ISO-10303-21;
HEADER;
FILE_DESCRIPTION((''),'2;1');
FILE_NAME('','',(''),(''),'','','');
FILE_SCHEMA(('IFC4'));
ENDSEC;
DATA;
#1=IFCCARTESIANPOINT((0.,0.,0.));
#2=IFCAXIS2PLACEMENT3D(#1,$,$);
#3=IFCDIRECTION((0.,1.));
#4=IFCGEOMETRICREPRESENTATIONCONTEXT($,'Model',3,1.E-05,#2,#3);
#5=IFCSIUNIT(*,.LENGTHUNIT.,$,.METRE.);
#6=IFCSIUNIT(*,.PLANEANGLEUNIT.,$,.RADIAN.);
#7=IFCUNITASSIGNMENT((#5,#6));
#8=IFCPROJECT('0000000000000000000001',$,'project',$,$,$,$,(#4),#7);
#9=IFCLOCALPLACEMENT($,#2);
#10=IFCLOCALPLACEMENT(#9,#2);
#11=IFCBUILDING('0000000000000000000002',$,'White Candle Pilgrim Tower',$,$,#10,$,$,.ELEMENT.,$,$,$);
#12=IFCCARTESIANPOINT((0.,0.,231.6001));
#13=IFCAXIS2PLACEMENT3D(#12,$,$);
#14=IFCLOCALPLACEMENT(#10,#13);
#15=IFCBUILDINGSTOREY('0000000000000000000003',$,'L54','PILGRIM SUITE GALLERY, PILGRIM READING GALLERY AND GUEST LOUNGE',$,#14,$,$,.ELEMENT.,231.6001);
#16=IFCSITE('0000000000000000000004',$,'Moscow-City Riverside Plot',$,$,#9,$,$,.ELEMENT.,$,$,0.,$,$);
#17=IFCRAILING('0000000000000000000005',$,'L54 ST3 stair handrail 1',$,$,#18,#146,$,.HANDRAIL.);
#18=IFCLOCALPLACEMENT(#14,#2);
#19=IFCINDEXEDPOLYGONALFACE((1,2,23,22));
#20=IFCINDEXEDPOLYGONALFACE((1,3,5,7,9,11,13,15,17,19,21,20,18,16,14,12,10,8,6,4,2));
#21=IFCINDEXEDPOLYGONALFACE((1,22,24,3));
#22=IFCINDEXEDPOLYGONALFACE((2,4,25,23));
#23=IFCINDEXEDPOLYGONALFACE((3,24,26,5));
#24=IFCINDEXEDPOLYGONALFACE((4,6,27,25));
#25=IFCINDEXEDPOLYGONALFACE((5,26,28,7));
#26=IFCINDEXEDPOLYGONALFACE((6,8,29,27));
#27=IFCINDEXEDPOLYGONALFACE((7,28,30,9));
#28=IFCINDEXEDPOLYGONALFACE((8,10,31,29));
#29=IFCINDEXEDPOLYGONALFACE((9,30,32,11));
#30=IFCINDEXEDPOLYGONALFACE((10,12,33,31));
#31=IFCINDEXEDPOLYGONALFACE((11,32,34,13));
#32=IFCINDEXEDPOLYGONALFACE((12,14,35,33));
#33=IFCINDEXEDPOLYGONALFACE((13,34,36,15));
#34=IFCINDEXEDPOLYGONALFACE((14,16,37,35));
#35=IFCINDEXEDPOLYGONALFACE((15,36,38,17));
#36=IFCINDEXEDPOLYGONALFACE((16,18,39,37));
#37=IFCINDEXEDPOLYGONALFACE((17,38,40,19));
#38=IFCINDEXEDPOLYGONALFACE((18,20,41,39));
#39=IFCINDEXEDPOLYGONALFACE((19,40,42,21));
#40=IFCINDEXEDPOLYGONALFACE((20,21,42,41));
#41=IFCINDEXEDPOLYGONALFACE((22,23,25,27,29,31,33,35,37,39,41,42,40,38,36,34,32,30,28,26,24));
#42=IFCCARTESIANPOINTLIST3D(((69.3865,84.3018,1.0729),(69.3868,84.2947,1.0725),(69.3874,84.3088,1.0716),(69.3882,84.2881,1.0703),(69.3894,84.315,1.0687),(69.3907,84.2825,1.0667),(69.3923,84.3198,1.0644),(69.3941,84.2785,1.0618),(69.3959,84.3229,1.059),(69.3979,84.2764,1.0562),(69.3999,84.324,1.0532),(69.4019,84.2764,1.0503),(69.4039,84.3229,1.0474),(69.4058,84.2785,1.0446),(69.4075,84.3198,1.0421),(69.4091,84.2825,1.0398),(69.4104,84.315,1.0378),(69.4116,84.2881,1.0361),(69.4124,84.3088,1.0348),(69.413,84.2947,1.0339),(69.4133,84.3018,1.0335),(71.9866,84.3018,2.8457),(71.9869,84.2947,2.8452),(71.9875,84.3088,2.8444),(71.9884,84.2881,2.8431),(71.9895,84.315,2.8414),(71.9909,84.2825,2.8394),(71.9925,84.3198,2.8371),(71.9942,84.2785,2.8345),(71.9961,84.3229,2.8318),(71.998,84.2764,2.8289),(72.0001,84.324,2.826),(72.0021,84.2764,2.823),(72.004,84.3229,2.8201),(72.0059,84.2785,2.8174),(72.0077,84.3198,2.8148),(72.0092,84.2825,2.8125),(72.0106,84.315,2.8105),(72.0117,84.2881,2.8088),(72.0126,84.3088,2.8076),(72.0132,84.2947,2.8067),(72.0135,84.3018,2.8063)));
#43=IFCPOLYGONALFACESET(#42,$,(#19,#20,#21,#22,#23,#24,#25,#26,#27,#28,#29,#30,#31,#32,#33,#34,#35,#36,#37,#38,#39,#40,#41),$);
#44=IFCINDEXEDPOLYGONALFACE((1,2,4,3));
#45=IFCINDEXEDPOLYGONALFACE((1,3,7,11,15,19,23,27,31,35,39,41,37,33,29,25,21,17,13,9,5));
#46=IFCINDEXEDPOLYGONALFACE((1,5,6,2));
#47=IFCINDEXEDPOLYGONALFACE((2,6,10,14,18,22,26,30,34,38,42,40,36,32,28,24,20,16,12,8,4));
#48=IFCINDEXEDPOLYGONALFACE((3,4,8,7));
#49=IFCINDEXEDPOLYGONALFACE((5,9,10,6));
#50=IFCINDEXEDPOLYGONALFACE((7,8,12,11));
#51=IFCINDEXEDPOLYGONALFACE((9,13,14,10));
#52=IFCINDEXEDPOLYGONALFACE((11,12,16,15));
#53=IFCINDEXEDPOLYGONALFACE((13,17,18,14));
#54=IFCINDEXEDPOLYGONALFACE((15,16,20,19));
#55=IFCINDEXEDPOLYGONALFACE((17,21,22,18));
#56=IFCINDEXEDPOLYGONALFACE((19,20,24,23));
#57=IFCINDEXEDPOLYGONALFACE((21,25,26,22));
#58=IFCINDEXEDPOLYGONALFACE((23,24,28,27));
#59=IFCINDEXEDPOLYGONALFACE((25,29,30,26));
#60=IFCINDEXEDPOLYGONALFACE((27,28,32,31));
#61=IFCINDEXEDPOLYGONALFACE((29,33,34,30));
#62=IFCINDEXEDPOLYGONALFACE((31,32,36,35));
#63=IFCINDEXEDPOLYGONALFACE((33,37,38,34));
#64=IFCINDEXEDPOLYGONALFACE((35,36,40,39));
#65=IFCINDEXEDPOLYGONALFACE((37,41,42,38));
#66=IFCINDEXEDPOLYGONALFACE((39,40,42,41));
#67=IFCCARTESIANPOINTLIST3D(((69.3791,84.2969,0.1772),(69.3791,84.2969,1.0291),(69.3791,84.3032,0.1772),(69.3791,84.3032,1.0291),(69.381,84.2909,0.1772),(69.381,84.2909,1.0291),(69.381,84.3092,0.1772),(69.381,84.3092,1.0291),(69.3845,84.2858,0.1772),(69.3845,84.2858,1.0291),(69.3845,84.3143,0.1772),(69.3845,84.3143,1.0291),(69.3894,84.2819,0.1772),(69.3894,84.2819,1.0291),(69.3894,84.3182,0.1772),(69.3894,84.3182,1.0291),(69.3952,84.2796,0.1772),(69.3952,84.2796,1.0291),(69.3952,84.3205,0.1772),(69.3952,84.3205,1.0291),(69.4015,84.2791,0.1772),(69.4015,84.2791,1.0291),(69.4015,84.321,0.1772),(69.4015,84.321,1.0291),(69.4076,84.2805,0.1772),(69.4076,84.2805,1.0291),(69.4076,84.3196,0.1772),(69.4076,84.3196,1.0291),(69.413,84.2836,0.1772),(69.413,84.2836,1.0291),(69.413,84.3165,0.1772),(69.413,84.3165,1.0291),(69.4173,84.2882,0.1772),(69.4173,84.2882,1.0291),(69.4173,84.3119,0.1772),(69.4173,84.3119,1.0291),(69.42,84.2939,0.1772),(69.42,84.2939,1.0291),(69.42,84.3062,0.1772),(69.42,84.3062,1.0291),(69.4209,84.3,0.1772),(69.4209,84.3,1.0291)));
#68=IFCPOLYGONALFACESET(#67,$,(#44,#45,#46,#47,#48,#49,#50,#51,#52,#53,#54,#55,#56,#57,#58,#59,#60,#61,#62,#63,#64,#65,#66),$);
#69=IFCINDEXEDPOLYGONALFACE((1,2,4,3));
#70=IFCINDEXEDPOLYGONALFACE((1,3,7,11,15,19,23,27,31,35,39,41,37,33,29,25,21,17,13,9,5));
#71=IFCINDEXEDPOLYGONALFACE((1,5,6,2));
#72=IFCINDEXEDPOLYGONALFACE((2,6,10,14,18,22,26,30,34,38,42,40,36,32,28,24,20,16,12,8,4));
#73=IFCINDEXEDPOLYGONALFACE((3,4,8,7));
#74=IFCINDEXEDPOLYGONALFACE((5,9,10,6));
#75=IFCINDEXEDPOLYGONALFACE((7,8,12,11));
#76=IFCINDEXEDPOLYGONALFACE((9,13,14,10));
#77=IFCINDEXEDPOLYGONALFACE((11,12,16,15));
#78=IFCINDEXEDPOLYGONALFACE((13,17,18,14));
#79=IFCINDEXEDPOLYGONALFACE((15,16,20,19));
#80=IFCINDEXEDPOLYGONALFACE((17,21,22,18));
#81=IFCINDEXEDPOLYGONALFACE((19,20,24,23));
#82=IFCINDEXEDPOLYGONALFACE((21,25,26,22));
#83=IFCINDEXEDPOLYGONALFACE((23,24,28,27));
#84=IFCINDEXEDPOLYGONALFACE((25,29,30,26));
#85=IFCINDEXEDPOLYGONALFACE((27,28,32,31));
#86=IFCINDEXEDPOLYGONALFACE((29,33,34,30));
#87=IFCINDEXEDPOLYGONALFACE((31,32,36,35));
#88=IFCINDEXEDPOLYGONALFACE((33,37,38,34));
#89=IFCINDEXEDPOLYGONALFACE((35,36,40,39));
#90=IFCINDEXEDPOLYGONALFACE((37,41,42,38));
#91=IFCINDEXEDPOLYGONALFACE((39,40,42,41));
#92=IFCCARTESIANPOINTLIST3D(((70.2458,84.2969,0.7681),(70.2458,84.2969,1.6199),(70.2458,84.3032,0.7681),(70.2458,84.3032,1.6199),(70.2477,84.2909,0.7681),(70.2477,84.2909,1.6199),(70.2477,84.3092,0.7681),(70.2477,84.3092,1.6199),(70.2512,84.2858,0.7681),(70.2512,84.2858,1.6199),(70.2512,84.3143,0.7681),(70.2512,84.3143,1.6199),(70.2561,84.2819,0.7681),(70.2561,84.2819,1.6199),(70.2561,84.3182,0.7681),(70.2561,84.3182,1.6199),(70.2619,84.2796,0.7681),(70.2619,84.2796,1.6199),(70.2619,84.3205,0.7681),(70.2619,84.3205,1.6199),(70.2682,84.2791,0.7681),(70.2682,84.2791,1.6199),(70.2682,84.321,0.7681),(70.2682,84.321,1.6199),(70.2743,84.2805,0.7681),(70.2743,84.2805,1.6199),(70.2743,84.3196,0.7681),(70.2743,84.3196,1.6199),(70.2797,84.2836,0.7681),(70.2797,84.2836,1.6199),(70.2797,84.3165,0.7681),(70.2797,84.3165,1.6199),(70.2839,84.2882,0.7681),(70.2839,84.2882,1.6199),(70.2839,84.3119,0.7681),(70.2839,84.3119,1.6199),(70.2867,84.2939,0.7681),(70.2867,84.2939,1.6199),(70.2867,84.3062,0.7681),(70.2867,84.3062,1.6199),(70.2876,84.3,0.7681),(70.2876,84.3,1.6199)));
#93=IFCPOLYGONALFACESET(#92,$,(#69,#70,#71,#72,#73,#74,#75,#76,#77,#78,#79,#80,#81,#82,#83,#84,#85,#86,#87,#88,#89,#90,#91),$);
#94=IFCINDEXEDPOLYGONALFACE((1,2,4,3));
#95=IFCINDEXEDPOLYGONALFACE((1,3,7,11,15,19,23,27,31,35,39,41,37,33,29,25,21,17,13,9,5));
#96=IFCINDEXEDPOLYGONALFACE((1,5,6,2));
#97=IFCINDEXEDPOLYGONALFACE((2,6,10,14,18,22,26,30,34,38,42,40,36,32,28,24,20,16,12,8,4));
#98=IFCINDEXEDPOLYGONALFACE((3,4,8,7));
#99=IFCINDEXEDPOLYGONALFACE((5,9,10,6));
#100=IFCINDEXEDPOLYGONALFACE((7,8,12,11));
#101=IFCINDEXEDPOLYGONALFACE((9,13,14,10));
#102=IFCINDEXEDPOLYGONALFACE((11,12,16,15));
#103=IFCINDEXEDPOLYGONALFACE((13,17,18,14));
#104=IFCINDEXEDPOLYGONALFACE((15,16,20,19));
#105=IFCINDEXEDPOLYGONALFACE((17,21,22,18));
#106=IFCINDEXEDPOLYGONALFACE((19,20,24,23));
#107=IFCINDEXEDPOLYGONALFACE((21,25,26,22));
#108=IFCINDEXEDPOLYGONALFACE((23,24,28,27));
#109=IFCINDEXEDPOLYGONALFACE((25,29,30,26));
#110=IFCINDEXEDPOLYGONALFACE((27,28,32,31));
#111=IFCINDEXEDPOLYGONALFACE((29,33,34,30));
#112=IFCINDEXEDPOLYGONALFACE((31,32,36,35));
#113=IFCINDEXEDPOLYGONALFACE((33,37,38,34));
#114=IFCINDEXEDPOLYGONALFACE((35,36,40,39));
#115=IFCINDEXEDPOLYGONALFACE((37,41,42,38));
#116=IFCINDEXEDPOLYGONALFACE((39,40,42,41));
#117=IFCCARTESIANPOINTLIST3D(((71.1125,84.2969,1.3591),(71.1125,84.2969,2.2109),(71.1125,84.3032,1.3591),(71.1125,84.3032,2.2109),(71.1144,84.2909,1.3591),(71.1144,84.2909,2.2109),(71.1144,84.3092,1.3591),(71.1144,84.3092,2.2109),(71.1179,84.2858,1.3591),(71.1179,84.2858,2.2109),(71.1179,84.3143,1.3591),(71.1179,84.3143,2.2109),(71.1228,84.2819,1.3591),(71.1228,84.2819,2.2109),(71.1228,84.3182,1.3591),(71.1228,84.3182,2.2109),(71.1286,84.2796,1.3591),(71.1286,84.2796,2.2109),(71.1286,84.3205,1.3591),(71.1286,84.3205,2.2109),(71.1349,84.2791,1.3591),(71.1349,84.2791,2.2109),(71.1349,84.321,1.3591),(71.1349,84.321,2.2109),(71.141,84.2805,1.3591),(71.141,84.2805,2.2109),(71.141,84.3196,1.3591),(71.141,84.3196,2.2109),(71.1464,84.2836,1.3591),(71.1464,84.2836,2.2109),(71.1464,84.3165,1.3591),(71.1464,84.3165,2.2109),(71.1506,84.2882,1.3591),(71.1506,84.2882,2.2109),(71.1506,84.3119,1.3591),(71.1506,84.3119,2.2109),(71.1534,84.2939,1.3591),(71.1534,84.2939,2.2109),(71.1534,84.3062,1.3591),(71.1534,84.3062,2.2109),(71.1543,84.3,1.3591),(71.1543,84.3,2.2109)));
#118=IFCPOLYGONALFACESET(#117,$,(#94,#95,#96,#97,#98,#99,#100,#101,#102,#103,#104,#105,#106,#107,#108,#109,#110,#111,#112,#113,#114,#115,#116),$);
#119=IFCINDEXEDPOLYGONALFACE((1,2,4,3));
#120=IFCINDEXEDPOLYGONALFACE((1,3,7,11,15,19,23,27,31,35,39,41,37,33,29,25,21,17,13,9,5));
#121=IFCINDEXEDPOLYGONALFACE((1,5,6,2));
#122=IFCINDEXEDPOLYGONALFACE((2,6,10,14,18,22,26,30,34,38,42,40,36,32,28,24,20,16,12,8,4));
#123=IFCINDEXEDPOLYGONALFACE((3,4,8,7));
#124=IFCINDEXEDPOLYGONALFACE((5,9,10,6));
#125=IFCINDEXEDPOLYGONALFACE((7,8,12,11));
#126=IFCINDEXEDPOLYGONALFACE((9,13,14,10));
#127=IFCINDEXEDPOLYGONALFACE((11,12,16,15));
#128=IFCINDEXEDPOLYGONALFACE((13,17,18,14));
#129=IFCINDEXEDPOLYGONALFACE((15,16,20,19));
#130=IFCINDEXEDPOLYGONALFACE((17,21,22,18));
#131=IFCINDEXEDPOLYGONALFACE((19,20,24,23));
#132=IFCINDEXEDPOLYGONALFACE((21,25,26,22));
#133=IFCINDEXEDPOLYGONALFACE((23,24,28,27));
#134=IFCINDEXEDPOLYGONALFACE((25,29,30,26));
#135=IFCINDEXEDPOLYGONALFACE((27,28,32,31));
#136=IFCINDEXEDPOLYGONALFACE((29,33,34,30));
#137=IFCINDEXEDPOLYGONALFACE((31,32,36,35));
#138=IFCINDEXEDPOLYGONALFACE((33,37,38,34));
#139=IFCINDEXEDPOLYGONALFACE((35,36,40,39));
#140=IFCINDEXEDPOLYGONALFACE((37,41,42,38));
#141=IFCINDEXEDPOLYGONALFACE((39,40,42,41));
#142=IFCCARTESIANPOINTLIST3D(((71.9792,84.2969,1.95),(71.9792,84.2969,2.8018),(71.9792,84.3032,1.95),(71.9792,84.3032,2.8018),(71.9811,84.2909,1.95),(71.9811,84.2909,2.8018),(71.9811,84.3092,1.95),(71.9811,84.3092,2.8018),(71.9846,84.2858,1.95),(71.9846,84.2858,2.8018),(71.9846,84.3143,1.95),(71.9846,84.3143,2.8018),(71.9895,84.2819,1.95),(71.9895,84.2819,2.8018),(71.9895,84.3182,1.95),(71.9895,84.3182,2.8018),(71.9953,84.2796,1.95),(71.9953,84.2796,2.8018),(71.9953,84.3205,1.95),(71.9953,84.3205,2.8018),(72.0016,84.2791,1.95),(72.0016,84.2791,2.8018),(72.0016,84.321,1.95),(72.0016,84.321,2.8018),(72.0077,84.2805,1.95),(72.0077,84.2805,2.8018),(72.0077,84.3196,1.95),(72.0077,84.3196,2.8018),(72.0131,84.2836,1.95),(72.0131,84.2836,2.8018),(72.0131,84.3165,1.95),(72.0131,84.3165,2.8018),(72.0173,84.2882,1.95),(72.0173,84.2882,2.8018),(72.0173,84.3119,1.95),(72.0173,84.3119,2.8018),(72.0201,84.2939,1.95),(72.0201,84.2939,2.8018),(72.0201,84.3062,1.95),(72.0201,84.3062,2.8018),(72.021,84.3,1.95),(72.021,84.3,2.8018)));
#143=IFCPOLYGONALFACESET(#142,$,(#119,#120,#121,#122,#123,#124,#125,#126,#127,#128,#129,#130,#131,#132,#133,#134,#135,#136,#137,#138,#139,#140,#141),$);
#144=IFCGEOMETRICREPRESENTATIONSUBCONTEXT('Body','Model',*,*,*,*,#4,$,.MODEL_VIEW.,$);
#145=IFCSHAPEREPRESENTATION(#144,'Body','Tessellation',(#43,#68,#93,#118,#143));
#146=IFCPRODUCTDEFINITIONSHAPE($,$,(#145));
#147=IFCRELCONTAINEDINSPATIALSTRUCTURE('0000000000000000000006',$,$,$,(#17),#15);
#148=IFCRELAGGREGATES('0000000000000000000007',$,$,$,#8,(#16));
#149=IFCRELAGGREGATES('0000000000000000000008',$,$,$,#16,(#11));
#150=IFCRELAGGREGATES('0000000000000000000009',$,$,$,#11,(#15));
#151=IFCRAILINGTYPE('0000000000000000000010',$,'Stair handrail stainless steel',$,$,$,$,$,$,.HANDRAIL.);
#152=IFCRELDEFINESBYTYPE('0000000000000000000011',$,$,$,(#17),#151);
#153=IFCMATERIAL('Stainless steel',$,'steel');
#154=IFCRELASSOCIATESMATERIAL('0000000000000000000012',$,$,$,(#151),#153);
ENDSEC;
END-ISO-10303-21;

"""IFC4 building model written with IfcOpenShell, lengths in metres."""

from ifc_helpers import new_model, si_unit, direction, frame, origin, origin_2d, place, context, subcontext, project, spatial, circle, extrude, material, type_object, element, save


model = new_model("IFC4")

# Units and contexts
model_context = context("Model", 3, precision=1e-05, world=origin(), true_north=direction((0.0, 1.0)))
body_context = subcontext(model_context, "Body", "Model", "MODEL_VIEW")
ifc_project = project(units=[si_unit("LENGTHUNIT", "METRE"), si_unit("PLANEANGLEUNIT", "RADIAN")], contexts=[model_context])

# Site, building, storey
site_placement = place(None, origin())
site = spatial("IfcSite", under=ifc_project, at=site_placement, Name="Moscow-City Riverside Plot", CompositionType="ELEMENT", RefElevation=0.0)
building_placement = place(site_placement, origin())
building = spatial("IfcBuilding", under=site, at=building_placement, Name="White Candle Pilgrim Tower", CompositionType="ELEMENT")
storey_placement = place(building_placement, frame((0.0, 0.0, 231.6001)))
storey = spatial("IfcBuildingStorey", under=building, at=storey_placement, Name="L54", Description="PILGRIM SUITE GALLERY, PILGRIM READING GALLERY AND GUEST LOUNGE", CompositionType="ELEMENT", Elevation=231.6001)

# Railing
ifc_material_1 = material(Name="Stainless steel", Category="steel")
railing_type_1 = type_object("IfcRailingType", Name="Stair handrail stainless steel", PredefinedType="HANDRAIL", material=ifc_material_1)
railing_1_placement = place(storey_placement, frame((69.3999, 84.3, 0.1772)))
element("IfcRailing", 1, at=railing_1_placement, inside=storey, type_object=railing_type_1, Name="L54 ST3 stair handrail 1", PredefinedType="HANDRAIL", context=body_context, shape_type="SweptSolid", body=[
    extrude(circle(Radius=0.0239, at=origin_2d()), frame((0.0, 0.0, 0.876), z_axis=(0.82624, 0.0, 0.563318), x_axis=(0.0, 1.0, 0.0)), (0.0, 0.0, 1.0), 3.147),
    extrude(circle(Radius=0.021, at=origin_2d()), origin(), (0.0, 0.0, 1.0), 0.8518),
    extrude(circle(Radius=0.021, at=origin_2d()), frame((0.8667, 0.0, 0.5908)), (0.0, 0.0, 1.0), 0.8518),
    extrude(circle(Radius=0.021, at=origin_2d()), frame((1.7334, 0.0, 1.1819)), (0.0, 0.0, 1.0), 0.8518),
    extrude(circle(Radius=0.021, at=origin_2d()), frame((2.6001, 0.0, 1.7727)), (0.0, 0.0, 1.0), 0.8518),
])

save(model, "model.ifc")
